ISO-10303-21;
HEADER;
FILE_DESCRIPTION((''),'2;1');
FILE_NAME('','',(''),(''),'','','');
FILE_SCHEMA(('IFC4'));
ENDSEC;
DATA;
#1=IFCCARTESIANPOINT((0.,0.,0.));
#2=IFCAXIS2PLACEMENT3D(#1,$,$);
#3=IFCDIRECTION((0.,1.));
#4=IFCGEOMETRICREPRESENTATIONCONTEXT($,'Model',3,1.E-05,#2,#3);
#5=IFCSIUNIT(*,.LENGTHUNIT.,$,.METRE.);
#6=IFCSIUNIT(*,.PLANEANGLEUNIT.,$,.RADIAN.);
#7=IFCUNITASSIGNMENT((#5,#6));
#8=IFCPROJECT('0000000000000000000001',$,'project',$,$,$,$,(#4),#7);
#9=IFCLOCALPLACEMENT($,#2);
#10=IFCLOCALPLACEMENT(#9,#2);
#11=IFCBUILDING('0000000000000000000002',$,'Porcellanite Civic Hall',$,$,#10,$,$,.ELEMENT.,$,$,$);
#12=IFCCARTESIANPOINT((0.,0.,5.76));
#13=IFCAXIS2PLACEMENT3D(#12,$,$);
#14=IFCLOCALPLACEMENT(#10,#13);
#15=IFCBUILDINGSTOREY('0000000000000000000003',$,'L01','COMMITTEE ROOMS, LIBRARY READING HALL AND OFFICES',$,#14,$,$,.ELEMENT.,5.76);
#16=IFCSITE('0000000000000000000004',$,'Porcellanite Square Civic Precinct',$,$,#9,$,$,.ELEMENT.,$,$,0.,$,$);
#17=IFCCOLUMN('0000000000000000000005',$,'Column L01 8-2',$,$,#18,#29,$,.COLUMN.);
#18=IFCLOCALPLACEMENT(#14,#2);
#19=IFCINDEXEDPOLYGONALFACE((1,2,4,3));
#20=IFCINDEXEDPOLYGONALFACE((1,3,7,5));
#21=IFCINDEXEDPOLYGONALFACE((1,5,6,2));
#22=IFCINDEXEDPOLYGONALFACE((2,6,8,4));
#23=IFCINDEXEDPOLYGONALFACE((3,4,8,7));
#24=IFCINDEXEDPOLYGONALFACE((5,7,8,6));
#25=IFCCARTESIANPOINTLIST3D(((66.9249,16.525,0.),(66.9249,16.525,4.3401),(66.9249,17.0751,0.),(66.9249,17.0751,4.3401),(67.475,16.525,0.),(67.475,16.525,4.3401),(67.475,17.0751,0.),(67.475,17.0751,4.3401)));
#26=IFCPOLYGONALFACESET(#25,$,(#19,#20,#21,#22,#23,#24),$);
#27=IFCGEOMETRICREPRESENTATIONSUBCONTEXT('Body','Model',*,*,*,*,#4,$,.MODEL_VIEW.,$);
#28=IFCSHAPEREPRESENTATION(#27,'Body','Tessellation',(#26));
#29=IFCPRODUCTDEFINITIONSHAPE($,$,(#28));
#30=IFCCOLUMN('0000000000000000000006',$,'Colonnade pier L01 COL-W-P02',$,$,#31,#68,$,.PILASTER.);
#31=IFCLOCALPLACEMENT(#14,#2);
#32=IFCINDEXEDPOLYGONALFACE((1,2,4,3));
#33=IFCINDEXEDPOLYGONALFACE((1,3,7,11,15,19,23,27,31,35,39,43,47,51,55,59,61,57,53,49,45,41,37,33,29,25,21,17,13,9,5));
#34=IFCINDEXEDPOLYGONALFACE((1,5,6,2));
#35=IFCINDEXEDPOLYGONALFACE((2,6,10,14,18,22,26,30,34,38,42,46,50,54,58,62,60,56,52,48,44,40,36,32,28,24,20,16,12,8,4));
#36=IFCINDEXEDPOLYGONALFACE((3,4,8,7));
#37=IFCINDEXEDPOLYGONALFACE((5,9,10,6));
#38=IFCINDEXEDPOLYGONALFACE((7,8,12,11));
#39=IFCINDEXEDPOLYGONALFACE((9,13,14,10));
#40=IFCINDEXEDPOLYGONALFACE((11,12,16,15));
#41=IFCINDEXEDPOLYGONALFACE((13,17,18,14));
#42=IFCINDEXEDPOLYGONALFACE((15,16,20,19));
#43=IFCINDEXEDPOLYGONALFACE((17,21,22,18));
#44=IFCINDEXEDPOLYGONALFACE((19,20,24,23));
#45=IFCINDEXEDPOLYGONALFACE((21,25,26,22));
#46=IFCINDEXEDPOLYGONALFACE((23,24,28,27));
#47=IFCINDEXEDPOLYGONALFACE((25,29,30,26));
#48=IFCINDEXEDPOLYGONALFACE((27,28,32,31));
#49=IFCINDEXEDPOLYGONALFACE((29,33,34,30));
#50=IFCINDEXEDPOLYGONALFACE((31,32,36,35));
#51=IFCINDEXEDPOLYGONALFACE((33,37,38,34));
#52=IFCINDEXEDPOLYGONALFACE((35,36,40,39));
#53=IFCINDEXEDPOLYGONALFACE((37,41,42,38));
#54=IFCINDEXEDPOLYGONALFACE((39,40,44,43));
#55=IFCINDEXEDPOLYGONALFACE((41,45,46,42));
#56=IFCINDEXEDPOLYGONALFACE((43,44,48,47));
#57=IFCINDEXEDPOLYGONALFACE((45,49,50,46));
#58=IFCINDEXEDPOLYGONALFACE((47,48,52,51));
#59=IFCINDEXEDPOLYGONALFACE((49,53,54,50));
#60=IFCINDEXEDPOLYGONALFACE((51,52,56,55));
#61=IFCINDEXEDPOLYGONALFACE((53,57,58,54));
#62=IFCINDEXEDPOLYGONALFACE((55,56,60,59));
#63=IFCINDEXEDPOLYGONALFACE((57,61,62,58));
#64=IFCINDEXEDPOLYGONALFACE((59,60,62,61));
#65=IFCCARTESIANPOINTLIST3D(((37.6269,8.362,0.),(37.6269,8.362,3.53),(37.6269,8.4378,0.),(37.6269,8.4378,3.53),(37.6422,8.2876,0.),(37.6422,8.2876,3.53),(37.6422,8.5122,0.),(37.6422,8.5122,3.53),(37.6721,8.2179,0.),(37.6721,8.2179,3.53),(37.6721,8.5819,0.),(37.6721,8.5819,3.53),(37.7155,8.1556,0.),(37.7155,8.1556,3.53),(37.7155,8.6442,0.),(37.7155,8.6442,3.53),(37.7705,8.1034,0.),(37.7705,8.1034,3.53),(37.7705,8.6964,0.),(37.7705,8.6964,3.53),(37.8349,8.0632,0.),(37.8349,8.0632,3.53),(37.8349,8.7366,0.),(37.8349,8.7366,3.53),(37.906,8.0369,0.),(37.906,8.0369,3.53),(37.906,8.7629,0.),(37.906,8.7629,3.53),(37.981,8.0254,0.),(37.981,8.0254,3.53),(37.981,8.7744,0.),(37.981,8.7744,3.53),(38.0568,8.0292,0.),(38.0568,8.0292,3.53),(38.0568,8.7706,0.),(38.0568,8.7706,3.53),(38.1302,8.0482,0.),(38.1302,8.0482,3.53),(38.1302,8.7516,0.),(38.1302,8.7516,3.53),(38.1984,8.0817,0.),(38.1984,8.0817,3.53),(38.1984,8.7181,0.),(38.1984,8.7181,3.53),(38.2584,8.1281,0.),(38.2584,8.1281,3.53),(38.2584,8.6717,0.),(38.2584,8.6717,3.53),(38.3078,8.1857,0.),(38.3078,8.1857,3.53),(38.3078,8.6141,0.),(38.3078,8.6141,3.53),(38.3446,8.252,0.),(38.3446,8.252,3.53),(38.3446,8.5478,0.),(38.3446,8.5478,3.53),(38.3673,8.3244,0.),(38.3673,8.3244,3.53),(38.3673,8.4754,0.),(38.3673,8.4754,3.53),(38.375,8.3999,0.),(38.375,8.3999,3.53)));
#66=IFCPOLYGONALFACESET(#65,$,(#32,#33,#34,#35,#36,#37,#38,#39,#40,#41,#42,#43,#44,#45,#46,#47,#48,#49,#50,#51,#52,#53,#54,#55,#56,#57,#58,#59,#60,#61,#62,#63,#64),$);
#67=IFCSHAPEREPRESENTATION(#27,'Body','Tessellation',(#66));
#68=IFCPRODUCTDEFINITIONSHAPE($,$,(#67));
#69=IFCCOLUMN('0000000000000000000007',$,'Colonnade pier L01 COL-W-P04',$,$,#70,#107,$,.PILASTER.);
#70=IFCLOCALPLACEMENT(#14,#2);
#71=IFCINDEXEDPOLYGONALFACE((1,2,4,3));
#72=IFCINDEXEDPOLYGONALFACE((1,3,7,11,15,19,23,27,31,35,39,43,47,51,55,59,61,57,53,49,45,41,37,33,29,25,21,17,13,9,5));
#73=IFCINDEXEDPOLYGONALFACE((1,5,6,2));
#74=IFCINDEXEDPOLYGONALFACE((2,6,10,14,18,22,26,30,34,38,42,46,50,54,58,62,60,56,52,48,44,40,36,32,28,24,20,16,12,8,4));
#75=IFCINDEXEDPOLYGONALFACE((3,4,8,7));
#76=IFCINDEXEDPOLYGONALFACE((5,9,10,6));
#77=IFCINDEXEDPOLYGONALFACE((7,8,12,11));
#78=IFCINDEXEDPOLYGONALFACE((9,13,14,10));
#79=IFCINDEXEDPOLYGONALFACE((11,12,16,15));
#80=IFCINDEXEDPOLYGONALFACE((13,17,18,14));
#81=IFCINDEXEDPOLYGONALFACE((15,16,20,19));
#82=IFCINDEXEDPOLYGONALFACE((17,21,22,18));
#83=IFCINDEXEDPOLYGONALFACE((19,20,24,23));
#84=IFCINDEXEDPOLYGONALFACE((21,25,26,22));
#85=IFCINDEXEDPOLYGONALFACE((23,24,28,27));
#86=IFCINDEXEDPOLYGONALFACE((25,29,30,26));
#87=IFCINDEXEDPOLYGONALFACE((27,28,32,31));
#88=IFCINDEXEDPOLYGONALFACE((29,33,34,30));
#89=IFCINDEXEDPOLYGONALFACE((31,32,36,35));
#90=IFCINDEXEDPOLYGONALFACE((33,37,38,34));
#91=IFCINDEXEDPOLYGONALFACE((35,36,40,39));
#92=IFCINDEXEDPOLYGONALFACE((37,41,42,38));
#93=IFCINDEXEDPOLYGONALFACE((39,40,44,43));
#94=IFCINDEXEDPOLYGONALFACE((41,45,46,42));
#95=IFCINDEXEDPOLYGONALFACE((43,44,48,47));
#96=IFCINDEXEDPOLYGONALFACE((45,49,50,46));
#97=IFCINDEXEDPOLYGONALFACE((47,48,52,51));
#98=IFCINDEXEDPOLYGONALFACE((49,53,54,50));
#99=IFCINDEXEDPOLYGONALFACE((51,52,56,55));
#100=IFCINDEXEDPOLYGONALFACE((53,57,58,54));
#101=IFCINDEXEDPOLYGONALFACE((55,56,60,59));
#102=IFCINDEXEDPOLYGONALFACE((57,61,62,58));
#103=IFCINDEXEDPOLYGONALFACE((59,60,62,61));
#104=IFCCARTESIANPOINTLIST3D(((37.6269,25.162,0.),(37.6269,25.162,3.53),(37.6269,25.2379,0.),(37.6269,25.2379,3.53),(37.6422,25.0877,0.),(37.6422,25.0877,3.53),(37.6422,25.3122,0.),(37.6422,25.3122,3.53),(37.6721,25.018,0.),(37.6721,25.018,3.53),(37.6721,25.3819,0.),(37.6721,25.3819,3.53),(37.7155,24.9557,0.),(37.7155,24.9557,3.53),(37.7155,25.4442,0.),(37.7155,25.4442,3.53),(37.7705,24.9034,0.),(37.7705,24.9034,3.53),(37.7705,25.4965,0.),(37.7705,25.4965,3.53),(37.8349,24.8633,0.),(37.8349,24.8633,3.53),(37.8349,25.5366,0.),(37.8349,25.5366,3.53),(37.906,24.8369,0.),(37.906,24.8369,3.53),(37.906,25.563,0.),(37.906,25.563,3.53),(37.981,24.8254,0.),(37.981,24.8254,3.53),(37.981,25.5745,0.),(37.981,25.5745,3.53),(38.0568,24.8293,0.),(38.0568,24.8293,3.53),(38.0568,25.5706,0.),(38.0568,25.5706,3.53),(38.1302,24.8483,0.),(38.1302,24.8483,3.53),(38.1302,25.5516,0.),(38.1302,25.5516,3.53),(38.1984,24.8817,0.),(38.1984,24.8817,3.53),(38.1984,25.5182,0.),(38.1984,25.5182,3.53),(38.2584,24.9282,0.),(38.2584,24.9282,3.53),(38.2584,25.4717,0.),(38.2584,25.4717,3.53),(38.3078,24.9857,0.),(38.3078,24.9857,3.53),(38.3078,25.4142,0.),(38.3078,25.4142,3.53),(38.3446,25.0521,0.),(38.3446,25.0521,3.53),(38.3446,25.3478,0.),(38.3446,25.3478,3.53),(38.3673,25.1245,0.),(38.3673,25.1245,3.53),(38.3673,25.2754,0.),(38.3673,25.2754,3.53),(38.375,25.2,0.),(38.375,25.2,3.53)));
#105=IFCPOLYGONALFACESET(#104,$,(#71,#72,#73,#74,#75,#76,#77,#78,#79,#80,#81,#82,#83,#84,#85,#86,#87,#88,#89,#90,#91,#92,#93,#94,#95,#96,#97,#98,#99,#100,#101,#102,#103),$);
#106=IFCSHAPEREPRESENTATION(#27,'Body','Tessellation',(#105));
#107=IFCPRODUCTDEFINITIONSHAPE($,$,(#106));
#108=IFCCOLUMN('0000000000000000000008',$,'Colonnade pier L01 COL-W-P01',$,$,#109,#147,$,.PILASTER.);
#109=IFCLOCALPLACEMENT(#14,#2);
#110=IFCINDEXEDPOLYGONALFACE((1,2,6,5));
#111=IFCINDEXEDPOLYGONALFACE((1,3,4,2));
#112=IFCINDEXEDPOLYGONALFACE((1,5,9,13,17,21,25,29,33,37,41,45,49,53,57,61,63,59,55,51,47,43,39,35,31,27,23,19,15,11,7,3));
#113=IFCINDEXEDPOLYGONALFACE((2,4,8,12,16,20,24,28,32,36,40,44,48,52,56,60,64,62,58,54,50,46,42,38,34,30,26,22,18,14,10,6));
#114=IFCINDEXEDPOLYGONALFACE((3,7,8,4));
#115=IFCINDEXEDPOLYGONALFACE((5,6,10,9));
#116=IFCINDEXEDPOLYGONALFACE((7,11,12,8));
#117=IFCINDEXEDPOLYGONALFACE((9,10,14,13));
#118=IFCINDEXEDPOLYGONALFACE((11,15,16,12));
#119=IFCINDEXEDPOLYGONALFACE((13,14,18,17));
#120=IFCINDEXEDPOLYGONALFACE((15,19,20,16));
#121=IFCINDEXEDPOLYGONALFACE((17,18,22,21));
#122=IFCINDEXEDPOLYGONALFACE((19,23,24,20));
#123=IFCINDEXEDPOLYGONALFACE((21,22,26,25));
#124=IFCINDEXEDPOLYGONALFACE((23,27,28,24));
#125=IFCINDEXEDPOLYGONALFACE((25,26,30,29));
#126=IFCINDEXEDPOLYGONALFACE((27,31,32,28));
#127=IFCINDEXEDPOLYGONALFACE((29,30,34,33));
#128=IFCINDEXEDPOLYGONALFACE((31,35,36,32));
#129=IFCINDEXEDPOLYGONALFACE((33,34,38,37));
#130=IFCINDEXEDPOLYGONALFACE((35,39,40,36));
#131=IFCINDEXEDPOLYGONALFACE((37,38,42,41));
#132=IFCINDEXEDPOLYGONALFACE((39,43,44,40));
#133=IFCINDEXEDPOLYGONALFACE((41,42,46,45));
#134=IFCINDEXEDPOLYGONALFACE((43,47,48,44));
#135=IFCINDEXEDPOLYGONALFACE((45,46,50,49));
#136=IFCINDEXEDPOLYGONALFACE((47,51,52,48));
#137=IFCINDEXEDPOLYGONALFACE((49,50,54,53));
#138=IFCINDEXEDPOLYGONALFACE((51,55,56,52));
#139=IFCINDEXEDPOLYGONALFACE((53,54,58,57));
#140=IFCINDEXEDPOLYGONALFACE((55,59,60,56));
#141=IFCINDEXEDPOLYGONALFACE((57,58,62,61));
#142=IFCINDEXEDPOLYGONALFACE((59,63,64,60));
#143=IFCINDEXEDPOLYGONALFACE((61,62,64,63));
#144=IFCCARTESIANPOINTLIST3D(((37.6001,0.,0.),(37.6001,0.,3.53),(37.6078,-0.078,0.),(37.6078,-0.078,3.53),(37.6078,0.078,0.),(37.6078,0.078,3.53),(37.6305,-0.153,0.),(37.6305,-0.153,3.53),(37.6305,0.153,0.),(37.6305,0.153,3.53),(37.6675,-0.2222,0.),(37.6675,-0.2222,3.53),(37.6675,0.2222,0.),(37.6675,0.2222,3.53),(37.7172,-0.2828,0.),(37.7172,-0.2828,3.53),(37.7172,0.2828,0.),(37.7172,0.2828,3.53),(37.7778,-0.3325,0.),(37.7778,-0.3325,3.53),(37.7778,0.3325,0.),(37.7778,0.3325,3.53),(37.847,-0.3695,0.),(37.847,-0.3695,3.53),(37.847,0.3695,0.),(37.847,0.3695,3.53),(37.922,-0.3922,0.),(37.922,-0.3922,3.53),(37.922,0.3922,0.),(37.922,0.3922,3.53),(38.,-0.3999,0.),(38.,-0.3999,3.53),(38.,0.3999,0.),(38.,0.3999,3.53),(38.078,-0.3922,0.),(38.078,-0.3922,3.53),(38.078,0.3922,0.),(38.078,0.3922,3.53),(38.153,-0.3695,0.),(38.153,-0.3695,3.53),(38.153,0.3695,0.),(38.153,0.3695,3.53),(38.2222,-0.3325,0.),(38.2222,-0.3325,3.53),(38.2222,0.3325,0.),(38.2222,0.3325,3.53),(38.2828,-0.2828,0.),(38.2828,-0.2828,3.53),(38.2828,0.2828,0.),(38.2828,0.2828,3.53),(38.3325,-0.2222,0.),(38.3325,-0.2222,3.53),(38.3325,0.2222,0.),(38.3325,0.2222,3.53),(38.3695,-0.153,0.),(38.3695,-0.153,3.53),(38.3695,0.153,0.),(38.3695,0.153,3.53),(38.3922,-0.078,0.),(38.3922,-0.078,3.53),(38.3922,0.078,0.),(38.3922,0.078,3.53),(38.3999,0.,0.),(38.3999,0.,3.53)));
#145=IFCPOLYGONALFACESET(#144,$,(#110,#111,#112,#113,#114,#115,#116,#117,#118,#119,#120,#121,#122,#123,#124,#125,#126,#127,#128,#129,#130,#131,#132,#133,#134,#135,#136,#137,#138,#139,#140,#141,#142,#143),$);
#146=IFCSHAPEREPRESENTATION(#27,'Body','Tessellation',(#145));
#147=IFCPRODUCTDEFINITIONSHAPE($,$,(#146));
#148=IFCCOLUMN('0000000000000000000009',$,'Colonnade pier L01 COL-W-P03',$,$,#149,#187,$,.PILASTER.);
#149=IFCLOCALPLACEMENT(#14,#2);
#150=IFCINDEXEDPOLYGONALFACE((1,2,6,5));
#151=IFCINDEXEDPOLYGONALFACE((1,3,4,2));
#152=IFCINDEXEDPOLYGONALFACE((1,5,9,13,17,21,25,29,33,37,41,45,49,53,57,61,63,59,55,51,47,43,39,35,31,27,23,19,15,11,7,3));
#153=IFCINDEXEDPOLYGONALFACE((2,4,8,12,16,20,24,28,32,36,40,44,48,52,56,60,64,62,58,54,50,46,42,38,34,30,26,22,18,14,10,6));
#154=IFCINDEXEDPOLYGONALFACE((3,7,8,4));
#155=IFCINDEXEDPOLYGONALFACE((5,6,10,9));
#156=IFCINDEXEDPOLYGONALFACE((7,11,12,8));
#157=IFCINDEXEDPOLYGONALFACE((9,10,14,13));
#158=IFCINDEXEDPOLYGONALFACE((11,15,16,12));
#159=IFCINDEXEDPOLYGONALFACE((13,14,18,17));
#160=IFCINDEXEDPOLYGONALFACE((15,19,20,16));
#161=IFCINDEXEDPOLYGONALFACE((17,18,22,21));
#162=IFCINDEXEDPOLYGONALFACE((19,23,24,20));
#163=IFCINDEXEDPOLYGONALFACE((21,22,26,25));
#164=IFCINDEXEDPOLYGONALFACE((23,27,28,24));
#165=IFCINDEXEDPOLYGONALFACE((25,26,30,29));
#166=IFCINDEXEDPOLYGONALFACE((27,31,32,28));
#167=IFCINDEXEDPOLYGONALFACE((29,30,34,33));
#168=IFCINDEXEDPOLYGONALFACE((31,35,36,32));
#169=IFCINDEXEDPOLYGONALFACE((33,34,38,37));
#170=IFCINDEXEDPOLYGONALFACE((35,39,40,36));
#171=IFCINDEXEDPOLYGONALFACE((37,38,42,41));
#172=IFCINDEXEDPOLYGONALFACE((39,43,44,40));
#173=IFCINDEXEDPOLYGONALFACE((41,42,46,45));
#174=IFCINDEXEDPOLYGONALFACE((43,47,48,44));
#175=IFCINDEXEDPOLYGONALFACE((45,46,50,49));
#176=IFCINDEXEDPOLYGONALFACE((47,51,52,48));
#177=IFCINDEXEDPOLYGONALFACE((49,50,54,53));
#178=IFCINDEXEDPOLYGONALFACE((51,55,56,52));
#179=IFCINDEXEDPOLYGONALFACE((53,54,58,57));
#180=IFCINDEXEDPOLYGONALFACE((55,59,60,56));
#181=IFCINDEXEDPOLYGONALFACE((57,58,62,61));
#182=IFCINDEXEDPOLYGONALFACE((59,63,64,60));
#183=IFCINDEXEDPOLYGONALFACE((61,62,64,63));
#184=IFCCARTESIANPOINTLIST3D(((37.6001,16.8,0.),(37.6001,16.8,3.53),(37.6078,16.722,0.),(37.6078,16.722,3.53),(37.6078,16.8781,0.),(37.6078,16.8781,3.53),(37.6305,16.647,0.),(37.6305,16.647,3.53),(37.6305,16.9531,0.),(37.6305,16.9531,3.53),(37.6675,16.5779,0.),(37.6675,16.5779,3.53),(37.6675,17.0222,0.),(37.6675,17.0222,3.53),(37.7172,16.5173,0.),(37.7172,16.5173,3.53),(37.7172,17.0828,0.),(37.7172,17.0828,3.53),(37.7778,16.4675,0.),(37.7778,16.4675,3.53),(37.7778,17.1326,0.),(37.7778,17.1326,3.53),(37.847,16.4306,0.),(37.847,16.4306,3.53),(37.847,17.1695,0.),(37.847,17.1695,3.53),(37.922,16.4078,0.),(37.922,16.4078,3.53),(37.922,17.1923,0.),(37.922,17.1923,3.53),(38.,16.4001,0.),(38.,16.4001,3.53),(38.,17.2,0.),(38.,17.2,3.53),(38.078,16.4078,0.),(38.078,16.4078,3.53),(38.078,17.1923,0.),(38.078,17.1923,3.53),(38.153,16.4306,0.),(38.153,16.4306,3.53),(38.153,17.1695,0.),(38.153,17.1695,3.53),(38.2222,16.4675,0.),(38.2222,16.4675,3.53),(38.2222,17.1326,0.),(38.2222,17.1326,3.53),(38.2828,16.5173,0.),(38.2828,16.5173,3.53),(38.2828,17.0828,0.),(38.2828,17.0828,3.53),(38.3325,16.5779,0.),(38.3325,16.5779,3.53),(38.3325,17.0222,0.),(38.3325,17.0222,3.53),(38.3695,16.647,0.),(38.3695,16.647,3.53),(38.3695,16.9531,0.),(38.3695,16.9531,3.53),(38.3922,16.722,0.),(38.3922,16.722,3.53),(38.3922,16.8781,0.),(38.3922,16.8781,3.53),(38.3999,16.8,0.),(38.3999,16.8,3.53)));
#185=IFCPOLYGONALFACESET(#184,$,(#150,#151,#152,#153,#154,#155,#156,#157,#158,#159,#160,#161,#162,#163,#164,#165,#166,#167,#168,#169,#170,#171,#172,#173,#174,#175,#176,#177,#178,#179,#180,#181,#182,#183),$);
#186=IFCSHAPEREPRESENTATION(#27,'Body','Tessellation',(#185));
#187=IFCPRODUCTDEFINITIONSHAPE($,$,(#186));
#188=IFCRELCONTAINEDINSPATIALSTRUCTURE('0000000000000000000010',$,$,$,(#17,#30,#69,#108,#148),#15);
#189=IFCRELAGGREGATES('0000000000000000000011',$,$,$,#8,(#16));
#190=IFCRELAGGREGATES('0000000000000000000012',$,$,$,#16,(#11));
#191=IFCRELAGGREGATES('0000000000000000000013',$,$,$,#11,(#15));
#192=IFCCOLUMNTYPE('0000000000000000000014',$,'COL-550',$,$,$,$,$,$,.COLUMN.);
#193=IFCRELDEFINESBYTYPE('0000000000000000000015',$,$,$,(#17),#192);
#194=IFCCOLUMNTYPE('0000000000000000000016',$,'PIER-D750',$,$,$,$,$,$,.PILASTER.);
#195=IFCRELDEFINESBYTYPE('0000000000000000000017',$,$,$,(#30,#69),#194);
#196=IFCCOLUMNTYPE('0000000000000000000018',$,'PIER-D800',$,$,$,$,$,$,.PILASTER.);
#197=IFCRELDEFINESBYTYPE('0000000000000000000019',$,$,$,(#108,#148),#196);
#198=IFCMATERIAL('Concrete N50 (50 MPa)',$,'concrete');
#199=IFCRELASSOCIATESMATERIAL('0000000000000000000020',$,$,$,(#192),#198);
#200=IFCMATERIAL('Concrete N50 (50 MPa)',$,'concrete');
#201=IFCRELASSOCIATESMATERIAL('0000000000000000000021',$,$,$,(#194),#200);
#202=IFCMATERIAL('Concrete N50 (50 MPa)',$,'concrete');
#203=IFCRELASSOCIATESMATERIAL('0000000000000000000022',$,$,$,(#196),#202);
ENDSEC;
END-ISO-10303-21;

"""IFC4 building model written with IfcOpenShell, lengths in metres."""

from ifc_helpers import new_model, si_unit, direction, frame, origin, origin_2d, place, context, subcontext, project, spatial, rectangle, circle, extrude, material, material_profile, profile_set, type_object, element, save


model = new_model("IFC4")

# Units and contexts
model_context = context("Model", 3, precision=1e-05, world=origin(), true_north=direction((0.0, 1.0)))
body_context = subcontext(model_context, "Body", "Model", "MODEL_VIEW")
ifc_project = project(units=[si_unit("LENGTHUNIT", "METRE"), si_unit("PLANEANGLEUNIT", "RADIAN")], contexts=[model_context])

# Site, building, storey
site_placement = place(None, origin())
site = spatial("IfcSite", under=ifc_project, at=site_placement, Name="Porcellanite Square Civic Precinct", CompositionType="ELEMENT", RefElevation=0.0)
building_placement = place(site_placement, origin())
building = spatial("IfcBuilding", under=site, at=building_placement, Name="Porcellanite Civic Hall", CompositionType="ELEMENT")
storey_placement = place(building_placement, frame((0.0, 0.0, 5.76)))
storey = spatial("IfcBuildingStorey", under=building, at=storey_placement, Name="L01", Description="COMMITTEE ROOMS, LIBRARY READING HALL AND OFFICES", CompositionType="ELEMENT", Elevation=5.76)

# Columns
ifc_material_1 = material(Name="Concrete N50 (50 MPa)", Category="concrete")
ifc_material_profile_1 = material_profile(ifc_material_1, rectangle(XDim=0.55, YDim=0.55, at=origin_2d()), Name="RC-550x550")
ifc_profile_set_1 = profile_set([ifc_material_profile_1], Name="Concrete N50 (50 MPa)")
column_type_1 = type_object("IfcColumnType", Name="COL-550", PredefinedType="COLUMN", material=ifc_profile_set_1)
column_placement = place(storey_placement, frame((67.2, 16.8, 0.0), z_axis=(0.0, 0.0, 1.0), x_axis=(1.0, 0.0, 0.0)))
element("IfcColumn", 1, at=column_placement, inside=storey, type_object=column_type_1, Name="Column L01 8-2", PredefinedType="COLUMN", context=body_context, shape_type="SweptSolid", body=[
    extrude(rectangle(XDim=0.55, YDim=0.55, at=origin_2d()), origin(), (0.0, 0.0, 1.0), 4.3401),
])
ifc_material_2 = material(Name="Concrete N50 (50 MPa)", Category="concrete")
ifc_material_profile_2 = material_profile(ifc_material_2, circle(Radius=0.375, at=origin_2d()), Name="RC-D750")
ifc_profile_set_2 = profile_set([ifc_material_profile_2], Name="Concrete N50 (50 MPa)")
column_type_2 = type_object("IfcColumnType", Name="PIER-D750", PredefinedType="PILASTER", material=ifc_profile_set_2)
for number, where, z_axis, x_axis, name in (
    (2, (38.0, 8.3999, 0.0), (0.0, 0.0, 1.0), (1.0, 0.0, 0.0), "Colonnade pier L01 COL-W-P02"),
    (3, (38.0, 25.2, 0.0), (0.0, 0.0, 1.0), (1.0, 0.0, 0.0), "Colonnade pier L01 COL-W-P04"),
):
    element("IfcColumn", number, at=place(storey_placement, frame(where, z_axis=z_axis, x_axis=x_axis)), inside=storey, type_object=column_type_2, Name=name, PredefinedType="PILASTER", context=body_context, shape_type="SweptSolid", body=[
        extrude(circle(Radius=0.375, at=origin_2d()), origin(), (0.0, 0.0, 1.0), 3.53),
    ])
ifc_material_3 = material(Name="Concrete N50 (50 MPa)", Category="concrete")
ifc_material_profile_3 = material_profile(ifc_material_3, circle(Radius=0.3999, at=origin_2d()), Name="RC-D800")
ifc_profile_set_3 = profile_set([ifc_material_profile_3], Name="Concrete N50 (50 MPa)")
column_type_3 = type_object("IfcColumnType", Name="PIER-D800", PredefinedType="PILASTER", material=ifc_profile_set_3)
for number, where, z_axis, x_axis, name in (
    (4, (38.0, 0.0, 0.0), (0.0, 0.0, 1.0), (1.0, 0.0, 0.0), "Colonnade pier L01 COL-W-P01"),
    (5, (38.0, 16.8, 0.0), (0.0, 0.0, 1.0), (1.0, 0.0, 0.0), "Colonnade pier L01 COL-W-P03"),
):
    element("IfcColumn", number, at=place(storey_placement, frame(where, z_axis=z_axis, x_axis=x_axis)), inside=storey, type_object=column_type_3, Name=name, PredefinedType="PILASTER", context=body_context, shape_type="SweptSolid", body=[
        extrude(circle(Radius=0.3999, at=origin_2d()), origin(), (0.0, 0.0, 1.0), 3.53),
    ])

save(model, "model.ifc")
